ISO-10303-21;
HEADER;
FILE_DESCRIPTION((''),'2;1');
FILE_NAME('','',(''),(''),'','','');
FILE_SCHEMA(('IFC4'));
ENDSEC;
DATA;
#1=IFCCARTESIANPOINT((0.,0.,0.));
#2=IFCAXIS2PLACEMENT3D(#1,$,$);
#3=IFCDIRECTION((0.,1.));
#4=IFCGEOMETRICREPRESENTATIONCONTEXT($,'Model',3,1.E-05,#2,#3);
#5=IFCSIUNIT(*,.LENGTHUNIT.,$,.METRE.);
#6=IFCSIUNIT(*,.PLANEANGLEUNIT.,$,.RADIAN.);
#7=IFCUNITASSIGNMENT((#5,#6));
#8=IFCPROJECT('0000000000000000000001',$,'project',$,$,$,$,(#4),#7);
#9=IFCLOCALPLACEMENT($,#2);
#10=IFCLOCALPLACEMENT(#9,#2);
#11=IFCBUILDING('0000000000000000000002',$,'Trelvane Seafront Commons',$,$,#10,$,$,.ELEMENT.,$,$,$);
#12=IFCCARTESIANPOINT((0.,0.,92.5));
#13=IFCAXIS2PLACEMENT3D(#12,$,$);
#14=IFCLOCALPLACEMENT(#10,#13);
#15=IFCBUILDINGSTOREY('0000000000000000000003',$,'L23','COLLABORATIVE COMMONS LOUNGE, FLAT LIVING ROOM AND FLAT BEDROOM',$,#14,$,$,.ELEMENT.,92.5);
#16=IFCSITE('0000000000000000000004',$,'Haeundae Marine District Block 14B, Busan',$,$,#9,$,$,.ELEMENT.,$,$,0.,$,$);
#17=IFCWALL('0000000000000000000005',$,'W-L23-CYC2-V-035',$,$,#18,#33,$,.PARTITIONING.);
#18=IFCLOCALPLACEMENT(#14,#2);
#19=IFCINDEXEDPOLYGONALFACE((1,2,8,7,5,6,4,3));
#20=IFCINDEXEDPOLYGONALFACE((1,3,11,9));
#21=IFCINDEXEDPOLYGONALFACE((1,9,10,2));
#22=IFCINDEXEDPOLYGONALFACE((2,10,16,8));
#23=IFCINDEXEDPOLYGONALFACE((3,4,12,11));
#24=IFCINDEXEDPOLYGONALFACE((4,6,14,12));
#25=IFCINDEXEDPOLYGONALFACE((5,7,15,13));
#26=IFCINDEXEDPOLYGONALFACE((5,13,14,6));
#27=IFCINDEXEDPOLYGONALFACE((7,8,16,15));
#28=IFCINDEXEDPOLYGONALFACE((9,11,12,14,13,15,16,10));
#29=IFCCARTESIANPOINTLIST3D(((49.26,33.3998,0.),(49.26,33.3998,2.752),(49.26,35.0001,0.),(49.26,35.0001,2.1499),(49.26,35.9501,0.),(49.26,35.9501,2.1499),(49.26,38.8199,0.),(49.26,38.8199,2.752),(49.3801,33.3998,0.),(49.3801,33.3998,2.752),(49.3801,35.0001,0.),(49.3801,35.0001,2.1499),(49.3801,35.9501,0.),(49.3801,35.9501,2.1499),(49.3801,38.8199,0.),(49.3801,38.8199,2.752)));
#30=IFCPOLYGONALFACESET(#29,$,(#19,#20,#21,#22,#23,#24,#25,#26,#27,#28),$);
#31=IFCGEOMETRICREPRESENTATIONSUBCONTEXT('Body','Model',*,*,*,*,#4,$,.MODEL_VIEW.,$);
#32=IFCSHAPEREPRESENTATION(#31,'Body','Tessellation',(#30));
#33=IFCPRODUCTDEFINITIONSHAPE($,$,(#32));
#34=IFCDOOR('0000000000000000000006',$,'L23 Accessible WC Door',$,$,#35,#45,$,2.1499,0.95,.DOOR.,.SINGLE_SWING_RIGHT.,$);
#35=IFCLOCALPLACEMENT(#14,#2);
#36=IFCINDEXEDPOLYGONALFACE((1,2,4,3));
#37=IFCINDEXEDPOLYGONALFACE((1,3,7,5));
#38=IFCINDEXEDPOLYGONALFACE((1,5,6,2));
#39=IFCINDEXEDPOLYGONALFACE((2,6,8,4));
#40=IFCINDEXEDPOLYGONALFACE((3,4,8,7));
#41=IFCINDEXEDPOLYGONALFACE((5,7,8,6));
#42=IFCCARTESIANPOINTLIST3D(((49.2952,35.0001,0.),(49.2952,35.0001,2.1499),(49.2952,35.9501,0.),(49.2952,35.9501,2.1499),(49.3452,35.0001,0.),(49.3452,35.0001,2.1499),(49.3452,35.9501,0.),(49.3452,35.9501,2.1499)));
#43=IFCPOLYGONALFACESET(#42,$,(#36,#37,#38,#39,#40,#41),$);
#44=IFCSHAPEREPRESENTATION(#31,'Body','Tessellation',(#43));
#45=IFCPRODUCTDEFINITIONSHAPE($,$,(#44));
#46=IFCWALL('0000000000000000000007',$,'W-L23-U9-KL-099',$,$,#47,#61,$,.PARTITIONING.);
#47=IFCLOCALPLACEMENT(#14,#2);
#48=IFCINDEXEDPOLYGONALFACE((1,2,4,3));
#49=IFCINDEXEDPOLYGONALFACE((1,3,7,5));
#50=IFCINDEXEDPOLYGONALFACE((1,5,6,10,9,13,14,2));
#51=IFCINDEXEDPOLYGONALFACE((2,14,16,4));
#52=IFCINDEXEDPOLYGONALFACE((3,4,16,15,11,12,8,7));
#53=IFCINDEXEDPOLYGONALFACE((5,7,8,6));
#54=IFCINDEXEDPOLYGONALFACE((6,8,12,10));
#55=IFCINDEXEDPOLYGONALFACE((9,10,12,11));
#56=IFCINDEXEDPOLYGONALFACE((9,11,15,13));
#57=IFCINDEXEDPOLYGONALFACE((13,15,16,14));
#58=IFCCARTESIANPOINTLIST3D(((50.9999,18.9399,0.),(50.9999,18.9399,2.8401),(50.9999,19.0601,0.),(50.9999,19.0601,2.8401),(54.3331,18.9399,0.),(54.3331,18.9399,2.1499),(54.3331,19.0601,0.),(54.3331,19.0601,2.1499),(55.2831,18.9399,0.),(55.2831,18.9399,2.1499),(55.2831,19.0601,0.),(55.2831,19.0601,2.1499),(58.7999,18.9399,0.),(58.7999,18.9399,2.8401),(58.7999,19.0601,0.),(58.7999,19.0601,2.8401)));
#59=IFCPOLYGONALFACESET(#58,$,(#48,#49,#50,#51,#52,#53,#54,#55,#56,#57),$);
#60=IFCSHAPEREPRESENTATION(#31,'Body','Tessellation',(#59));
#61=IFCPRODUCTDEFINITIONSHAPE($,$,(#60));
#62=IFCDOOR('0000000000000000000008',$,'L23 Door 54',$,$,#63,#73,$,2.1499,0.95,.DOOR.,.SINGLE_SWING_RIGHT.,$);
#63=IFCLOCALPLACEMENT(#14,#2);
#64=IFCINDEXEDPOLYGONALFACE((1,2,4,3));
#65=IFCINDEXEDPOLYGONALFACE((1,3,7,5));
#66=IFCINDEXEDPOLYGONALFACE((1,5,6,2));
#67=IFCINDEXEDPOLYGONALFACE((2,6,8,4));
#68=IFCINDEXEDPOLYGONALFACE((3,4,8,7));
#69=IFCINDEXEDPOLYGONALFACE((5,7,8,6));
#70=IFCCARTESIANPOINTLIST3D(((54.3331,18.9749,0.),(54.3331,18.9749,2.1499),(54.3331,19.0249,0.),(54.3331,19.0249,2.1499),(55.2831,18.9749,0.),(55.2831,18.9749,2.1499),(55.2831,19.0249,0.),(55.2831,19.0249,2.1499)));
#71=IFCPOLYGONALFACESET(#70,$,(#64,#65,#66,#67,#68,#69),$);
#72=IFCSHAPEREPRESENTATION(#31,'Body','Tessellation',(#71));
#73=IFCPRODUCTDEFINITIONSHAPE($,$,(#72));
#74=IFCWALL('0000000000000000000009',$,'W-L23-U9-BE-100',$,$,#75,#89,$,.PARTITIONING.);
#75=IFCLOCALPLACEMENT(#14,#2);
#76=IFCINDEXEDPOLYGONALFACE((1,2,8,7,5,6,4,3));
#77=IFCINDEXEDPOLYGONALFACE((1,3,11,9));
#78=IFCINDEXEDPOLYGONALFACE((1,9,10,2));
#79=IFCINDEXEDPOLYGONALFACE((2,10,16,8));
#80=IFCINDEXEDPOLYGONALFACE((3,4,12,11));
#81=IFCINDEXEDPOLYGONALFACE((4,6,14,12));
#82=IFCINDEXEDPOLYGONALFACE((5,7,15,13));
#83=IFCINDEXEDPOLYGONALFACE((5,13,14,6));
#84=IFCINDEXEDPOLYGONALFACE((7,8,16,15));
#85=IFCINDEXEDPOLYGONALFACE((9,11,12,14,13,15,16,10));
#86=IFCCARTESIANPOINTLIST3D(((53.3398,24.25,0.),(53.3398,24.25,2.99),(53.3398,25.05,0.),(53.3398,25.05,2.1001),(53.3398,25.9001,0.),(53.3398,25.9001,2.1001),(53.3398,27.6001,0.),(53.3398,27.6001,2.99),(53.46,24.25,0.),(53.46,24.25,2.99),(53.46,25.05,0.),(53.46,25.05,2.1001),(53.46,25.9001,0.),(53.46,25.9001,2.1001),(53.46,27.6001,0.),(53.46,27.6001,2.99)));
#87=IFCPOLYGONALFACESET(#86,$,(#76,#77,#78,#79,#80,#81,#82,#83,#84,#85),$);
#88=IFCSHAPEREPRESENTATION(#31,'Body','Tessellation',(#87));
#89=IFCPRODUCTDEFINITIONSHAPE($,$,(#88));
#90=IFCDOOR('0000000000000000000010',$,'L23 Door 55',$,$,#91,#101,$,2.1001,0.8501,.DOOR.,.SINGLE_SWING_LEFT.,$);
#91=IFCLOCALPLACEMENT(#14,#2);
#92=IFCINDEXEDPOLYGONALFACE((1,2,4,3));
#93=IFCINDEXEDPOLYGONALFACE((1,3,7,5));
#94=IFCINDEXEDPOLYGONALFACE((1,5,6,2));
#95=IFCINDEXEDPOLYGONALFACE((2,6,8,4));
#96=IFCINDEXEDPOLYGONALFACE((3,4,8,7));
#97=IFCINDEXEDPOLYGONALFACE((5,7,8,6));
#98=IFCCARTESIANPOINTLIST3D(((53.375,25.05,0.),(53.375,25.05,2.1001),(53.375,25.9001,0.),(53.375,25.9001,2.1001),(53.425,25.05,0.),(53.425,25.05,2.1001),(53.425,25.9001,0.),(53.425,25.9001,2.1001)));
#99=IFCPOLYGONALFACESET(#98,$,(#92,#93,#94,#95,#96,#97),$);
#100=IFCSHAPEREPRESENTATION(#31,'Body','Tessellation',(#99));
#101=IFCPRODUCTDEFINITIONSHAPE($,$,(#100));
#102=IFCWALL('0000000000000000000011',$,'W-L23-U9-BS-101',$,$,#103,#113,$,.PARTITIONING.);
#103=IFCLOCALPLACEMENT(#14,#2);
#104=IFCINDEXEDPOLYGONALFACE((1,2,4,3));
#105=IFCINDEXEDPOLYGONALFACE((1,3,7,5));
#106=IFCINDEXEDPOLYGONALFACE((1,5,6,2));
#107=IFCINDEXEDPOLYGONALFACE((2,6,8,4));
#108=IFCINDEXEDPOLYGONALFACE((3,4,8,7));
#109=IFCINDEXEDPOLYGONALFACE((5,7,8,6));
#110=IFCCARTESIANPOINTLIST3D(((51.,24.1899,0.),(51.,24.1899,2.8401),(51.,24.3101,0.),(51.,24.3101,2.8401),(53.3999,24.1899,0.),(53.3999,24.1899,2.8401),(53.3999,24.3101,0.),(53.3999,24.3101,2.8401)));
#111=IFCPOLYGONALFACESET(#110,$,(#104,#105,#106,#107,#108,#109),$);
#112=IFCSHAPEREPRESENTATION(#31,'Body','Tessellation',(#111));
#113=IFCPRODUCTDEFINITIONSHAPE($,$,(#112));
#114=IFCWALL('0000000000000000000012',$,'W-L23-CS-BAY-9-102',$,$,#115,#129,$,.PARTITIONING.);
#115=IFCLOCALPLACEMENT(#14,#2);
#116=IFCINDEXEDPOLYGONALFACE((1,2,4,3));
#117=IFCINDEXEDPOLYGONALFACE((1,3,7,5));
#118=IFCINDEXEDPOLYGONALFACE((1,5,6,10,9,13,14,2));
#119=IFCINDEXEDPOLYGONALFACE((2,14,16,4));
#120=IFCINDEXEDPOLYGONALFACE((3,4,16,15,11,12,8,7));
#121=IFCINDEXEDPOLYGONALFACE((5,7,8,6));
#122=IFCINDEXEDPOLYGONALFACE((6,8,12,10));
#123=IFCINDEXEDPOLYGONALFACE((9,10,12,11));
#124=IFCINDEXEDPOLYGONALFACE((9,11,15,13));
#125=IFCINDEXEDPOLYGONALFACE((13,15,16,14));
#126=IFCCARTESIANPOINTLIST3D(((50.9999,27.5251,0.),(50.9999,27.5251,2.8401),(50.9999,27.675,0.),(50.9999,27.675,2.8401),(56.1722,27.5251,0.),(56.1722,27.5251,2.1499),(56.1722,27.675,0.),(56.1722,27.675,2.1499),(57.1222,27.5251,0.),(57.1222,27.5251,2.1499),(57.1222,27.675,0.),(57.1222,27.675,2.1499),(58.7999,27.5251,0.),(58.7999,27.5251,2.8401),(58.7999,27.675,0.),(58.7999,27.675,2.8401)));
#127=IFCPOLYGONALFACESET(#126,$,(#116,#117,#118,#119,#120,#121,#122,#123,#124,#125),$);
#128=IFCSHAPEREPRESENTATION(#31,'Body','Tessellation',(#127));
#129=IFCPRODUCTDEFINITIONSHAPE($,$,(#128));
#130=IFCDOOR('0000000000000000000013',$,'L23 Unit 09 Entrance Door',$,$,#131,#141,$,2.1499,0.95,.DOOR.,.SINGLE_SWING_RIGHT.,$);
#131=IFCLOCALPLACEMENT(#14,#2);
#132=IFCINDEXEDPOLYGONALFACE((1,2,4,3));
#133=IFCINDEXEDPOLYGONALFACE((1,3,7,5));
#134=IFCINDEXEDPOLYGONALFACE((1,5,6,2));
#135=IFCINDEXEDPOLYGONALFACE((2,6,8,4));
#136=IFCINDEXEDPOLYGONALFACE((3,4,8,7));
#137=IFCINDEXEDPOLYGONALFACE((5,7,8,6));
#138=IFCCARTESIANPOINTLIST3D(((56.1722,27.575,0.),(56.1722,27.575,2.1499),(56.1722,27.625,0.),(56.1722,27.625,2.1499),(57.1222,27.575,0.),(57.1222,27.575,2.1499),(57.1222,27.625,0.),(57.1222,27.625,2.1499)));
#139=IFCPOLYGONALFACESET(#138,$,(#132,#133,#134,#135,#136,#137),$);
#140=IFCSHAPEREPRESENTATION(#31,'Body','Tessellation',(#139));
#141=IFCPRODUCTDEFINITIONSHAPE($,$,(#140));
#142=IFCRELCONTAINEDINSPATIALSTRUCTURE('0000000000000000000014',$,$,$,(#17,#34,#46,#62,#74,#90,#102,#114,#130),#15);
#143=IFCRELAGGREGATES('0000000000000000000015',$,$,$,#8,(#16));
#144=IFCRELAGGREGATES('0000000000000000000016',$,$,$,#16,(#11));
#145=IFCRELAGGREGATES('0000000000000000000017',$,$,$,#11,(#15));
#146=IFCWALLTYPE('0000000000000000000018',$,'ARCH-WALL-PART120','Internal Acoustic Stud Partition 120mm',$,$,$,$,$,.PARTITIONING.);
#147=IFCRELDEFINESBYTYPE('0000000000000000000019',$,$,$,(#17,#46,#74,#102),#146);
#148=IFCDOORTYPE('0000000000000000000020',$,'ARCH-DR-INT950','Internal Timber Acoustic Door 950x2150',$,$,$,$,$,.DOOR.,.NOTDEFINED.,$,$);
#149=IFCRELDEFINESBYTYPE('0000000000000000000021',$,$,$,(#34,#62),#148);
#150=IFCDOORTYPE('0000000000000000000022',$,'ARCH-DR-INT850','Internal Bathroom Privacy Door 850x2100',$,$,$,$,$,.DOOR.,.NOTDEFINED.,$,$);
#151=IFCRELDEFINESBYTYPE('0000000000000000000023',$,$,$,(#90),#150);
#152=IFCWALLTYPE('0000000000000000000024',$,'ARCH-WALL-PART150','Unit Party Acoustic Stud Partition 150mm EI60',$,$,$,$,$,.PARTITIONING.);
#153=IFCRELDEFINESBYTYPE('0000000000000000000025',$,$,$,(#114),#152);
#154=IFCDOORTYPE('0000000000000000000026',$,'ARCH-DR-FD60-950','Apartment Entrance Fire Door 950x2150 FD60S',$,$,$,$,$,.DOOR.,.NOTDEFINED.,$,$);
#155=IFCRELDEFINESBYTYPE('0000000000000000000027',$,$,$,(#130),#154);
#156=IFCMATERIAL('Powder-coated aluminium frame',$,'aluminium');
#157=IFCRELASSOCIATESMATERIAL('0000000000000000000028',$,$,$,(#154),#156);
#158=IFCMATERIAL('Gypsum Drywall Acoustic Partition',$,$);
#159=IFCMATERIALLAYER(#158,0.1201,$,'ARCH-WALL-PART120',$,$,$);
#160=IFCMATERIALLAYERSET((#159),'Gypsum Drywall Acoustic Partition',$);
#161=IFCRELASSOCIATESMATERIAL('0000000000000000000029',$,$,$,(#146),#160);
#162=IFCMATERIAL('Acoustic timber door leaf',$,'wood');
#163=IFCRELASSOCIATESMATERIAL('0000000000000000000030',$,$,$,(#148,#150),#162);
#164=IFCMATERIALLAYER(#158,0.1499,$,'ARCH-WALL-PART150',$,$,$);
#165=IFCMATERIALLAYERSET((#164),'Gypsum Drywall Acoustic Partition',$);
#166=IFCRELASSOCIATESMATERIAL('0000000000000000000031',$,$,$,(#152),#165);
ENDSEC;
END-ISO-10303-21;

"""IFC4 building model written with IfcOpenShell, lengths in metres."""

from ifc_helpers import new_model, si_unit, direction, frame, frame_2d, origin, place, context, subcontext, project, spatial, rectangle, extrude, source, transform, mapped, material, layer, layer_set, type_object, element, fill, save


model = new_model("IFC4")

# Units and contexts
model_context = context("Model", 3, precision=1e-05, world=origin(), true_north=direction((0.0, 1.0)))
body_context = subcontext(model_context, "Body", "Model", "MODEL_VIEW")
ifc_project = project(units=[si_unit("LENGTHUNIT", "METRE"), si_unit("PLANEANGLEUNIT", "RADIAN")], contexts=[model_context])

# Site, building, storey
site_placement = place(None, origin())
site = spatial("IfcSite", under=ifc_project, at=site_placement, Name="Haeundae Marine District Block 14B, Busan", CompositionType="ELEMENT", RefElevation=0.0)
building_placement = place(site_placement, origin())
building = spatial("IfcBuilding", under=site, at=building_placement, Name="Trelvane Seafront Commons", CompositionType="ELEMENT")
storey_placement = place(building_placement, frame((0.0, 0.0, 92.5)))
storey = spatial("IfcBuildingStorey", under=building, at=storey_placement, Name="L23", Description="COLLABORATIVE COMMONS LOUNGE, FLAT LIVING ROOM AND FLAT BEDROOM", CompositionType="ELEMENT", Elevation=92.5)

# Walls, openings, doors
ifc_material_1 = material(Name="Powder-coated aluminium frame", Category="aluminium")
door_type_1 = type_object("IfcDoorType", Name="ARCH-DR-FD60-950", Description="Apartment Entrance Fire Door 950x2150 FD60S", OperationType="NOTDEFINED", PredefinedType="DOOR", material=ifc_material_1)
shared_shape_1 = source(origin(), body_context, "Body", "SweptSolid", [
    extrude(rectangle(XDim=0.95, YDim=2.1499, at=frame_2d((0.4751, 1.075))), frame((0.0, 0.0249, 0.0), z_axis=(0.0, -1.0, 0.0), x_axis=(1.0, 0.0, 0.0)), (0.0, 0.0, 1.0), 0.05),
])
ifc_material_2 = material(Name="Gypsum Drywall Acoustic Partition")
ifc_layer_1 = layer(ifc_material_2, 0.1201, Name="ARCH-WALL-PART120")
ifc_layer_set_1 = layer_set([ifc_layer_1], Name="Gypsum Drywall Acoustic Partition")
wall_type_1 = type_object("IfcWallType", Name="ARCH-WALL-PART120", Description="Internal Acoustic Stud Partition 120mm", PredefinedType="PARTITIONING", material=ifc_layer_set_1)
wall_1_placement = place(storey_placement, frame((49.3201, 33.3999, 0.0), z_axis=(0.0, 0.0, 1.0), x_axis=(0.0, 1.0, 0.0)))
wall_1 = element("IfcWall", 1, at=wall_1_placement, inside=storey, type_object=wall_type_1, Name="W-L23-CYC2-V-035", PredefinedType="PARTITIONING", context=body_context, shape_type="SweptSolid", body=[
    extrude(rectangle(XDim=5.4202, YDim=0.1201, at=frame_2d((2.71, 0.0))), origin(), (0.0, 0.0, 1.0), 2.752),
])
opening_1_placement = place(wall_1_placement, frame((1.6001, 0.0, 0.0)))
opening_1 = element("IfcOpeningElement", 2, at=opening_1_placement, cuts=wall_1, PredefinedType="OPENING", context=body_context, shape_type="SweptSolid", body=[
    extrude(rectangle(XDim=0.95, YDim=2.1499, at=frame_2d((0.4751, 1.075))), frame((0.0, 0.0701, 0.0), z_axis=(0.0, -1.0, 0.0), x_axis=(1.0, 0.0, 0.0)), (0.0, 0.0, 1.0), 0.1401),
])
ifc_material_3 = material(Name="Acoustic timber door leaf", Category="wood")
door_type_2 = type_object("IfcDoorType", Name="ARCH-DR-INT950", Description="Internal Timber Acoustic Door 950x2150", OperationType="NOTDEFINED", PredefinedType="DOOR", material=ifc_material_3)
door_1_placement = place(opening_1_placement, origin())
door_1 = element("IfcDoor", 3, at=door_1_placement, inside=storey, type_object=door_type_2, Name="L23 Accessible WC Door", OperationType="SINGLE_SWING_RIGHT", OverallHeight=2.1499, OverallWidth=0.95, PredefinedType="DOOR", context=body_context, shape_type="MappedRepresentation", body=[
    mapped(shared_shape_1, transform((0.0, 0.0, 0.0), x_axis=(1.0, 0.0, 0.0), y_axis=(0.0, 1.0, 0.0), z_axis=(0.0, 0.0, 1.0), scale=1.0)),
])
fill(opening_1, door_1)
wall_2_placement = place(storey_placement, frame((51.0, 19.0, 0.0), z_axis=(0.0, 0.0, 1.0), x_axis=(1.0, 0.0, 0.0)))
wall_2 = element("IfcWall", 4, at=wall_2_placement, inside=storey, type_object=wall_type_1, Name="W-L23-U9-KL-099", PredefinedType="PARTITIONING", context=body_context, shape_type="SweptSolid", body=[
    extrude(rectangle(XDim=7.8, YDim=0.1201, at=frame_2d((3.8999, 0.0))), origin(), (0.0, 0.0, 1.0), 2.8401),
])
opening_2_placement = place(wall_2_placement, frame((3.333, 0.0, 0.0)))
opening_2 = element("IfcOpeningElement", 5, at=opening_2_placement, cuts=wall_2, PredefinedType="OPENING", context=body_context, shape_type="SweptSolid", body=[
    extrude(rectangle(XDim=0.95, YDim=2.1499, at=frame_2d((0.4751, 1.075))), frame((0.0, 0.0701, 0.0), z_axis=(0.0, -1.0, 0.0), x_axis=(1.0, 0.0, 0.0)), (0.0, 0.0, 1.0), 0.1401),
])
door_2_placement = place(opening_2_placement, origin())
door_2 = element("IfcDoor", 6, at=door_2_placement, inside=storey, type_object=door_type_2, Name="L23 Door 54", OperationType="SINGLE_SWING_RIGHT", OverallHeight=2.1499, OverallWidth=0.95, PredefinedType="DOOR", context=body_context, shape_type="MappedRepresentation", body=[
    mapped(shared_shape_1, transform((0.0, 0.0, 0.0), x_axis=(1.0, 0.0, 0.0), y_axis=(0.0, 1.0, 0.0), z_axis=(0.0, 0.0, 1.0), scale=1.0)),
])
fill(opening_2, door_2)
wall_3_placement = place(storey_placement, frame((53.3999, 24.25, 0.0), z_axis=(0.0, 0.0, 1.0), x_axis=(0.0, 1.0, 0.0)))
wall_3 = element("IfcWall", 7, at=wall_3_placement, inside=storey, type_object=wall_type_1, Name="W-L23-U9-BE-100", PredefinedType="PARTITIONING", context=body_context, shape_type="SweptSolid", body=[
    extrude(rectangle(XDim=3.3501, YDim=0.1201, at=frame_2d((1.675, 0.0))), origin(), (0.0, 0.0, 1.0), 2.99),
])
opening_3_placement = place(wall_3_placement, frame((0.8, 0.0, 0.0)))
opening_3 = element("IfcOpeningElement", 8, at=opening_3_placement, cuts=wall_3, PredefinedType="OPENING", context=body_context, shape_type="SweptSolid", body=[
    extrude(rectangle(XDim=0.8501, YDim=2.1001, at=frame_2d((0.425, 1.05))), frame((0.0, 0.0701, 0.0), z_axis=(0.0, -1.0, 0.0), x_axis=(1.0, 0.0, 0.0)), (0.0, 0.0, 1.0), 0.1401),
])
door_type_3 = type_object("IfcDoorType", Name="ARCH-DR-INT850", Description="Internal Bathroom Privacy Door 850x2100", OperationType="NOTDEFINED", PredefinedType="DOOR", material=ifc_material_3)
shared_shape_2 = source(origin(), body_context, "Body", "SweptSolid", [
    extrude(rectangle(XDim=0.8501, YDim=2.1001, at=frame_2d((0.425, 1.05))), frame((0.0, 0.0249, 0.0), z_axis=(0.0, -1.0, 0.0), x_axis=(1.0, 0.0, 0.0)), (0.0, 0.0, 1.0), 0.05),
])
door_3_placement = place(opening_3_placement, origin())
door_3 = element("IfcDoor", 9, at=door_3_placement, inside=storey, type_object=door_type_3, Name="L23 Door 55", OperationType="SINGLE_SWING_LEFT", OverallHeight=2.1001, OverallWidth=0.8501, PredefinedType="DOOR", context=body_context, shape_type="MappedRepresentation", body=[
    mapped(shared_shape_2, transform((0.0, 0.0, 0.0), x_axis=(1.0, 0.0, 0.0), y_axis=(0.0, 1.0, 0.0), z_axis=(0.0, 0.0, 1.0), scale=1.0)),
])
fill(opening_3, door_3)

# Wall
wall_4_placement = place(storey_placement, frame((51.0, 24.25, 0.0), z_axis=(0.0, 0.0, 1.0), x_axis=(1.0, 0.0, 0.0)))
element("IfcWall", 10, at=wall_4_placement, inside=storey, type_object=wall_type_1, Name="W-L23-U9-BS-101", PredefinedType="PARTITIONING", context=body_context, shape_type="SweptSolid", body=[
    extrude(rectangle(XDim=2.3999, YDim=0.1201, at=frame_2d((1.2, 0.0))), origin(), (0.0, 0.0, 1.0), 2.8401),
])

# Wall, opening, door
ifc_layer_2 = layer(ifc_material_2, 0.1499, Name="ARCH-WALL-PART150")
ifc_layer_set_2 = layer_set([ifc_layer_2], Name="Gypsum Drywall Acoustic Partition")
wall_type_2 = type_object("IfcWallType", Name="ARCH-WALL-PART150", Description="Unit Party Acoustic Stud Partition 150mm EI60", PredefinedType="PARTITIONING", material=ifc_layer_set_2)
wall_5_placement = place(storey_placement, frame((51.0, 27.6001, 0.0), z_axis=(0.0, 0.0, 1.0), x_axis=(1.0, 0.0, 0.0)))
wall_5 = element("IfcWall", 11, at=wall_5_placement, inside=storey, type_object=wall_type_2, Name="W-L23-CS-BAY-9-102", PredefinedType="PARTITIONING", context=body_context, shape_type="SweptSolid", body=[
    extrude(rectangle(XDim=7.8, YDim=0.1499, at=frame_2d((3.8999, 0.0))), origin(), (0.0, 0.0, 1.0), 2.8401),
])
opening_4_placement = place(wall_5_placement, frame((5.1721, 0.0, 0.0)))
opening_4 = element("IfcOpeningElement", 12, at=opening_4_placement, cuts=wall_5, PredefinedType="OPENING", context=body_context, shape_type="SweptSolid", body=[
    extrude(rectangle(XDim=0.95, YDim=2.1499, at=frame_2d((0.4751, 1.075))), frame((0.0, 0.085, 0.0), z_axis=(0.0, -1.0, 0.0), x_axis=(1.0, 0.0, 0.0)), (0.0, 0.0, 1.0), 0.1699),
])
door_4_placement = place(opening_4_placement, origin())
door_4 = element("IfcDoor", 13, at=door_4_placement, inside=storey, type_object=door_type_1, Name="L23 Unit 09 Entrance Door", OperationType="SINGLE_SWING_RIGHT", OverallHeight=2.1499, OverallWidth=0.95, PredefinedType="DOOR", context=body_context, shape_type="MappedRepresentation", body=[
    mapped(shared_shape_1, transform((0.0, 0.0, 0.0), x_axis=(1.0, 0.0, 0.0), y_axis=(0.0, 1.0, 0.0), z_axis=(0.0, 0.0, 1.0), scale=1.0)),
])
fill(opening_4, door_4)

save(model, "model.ifc")
